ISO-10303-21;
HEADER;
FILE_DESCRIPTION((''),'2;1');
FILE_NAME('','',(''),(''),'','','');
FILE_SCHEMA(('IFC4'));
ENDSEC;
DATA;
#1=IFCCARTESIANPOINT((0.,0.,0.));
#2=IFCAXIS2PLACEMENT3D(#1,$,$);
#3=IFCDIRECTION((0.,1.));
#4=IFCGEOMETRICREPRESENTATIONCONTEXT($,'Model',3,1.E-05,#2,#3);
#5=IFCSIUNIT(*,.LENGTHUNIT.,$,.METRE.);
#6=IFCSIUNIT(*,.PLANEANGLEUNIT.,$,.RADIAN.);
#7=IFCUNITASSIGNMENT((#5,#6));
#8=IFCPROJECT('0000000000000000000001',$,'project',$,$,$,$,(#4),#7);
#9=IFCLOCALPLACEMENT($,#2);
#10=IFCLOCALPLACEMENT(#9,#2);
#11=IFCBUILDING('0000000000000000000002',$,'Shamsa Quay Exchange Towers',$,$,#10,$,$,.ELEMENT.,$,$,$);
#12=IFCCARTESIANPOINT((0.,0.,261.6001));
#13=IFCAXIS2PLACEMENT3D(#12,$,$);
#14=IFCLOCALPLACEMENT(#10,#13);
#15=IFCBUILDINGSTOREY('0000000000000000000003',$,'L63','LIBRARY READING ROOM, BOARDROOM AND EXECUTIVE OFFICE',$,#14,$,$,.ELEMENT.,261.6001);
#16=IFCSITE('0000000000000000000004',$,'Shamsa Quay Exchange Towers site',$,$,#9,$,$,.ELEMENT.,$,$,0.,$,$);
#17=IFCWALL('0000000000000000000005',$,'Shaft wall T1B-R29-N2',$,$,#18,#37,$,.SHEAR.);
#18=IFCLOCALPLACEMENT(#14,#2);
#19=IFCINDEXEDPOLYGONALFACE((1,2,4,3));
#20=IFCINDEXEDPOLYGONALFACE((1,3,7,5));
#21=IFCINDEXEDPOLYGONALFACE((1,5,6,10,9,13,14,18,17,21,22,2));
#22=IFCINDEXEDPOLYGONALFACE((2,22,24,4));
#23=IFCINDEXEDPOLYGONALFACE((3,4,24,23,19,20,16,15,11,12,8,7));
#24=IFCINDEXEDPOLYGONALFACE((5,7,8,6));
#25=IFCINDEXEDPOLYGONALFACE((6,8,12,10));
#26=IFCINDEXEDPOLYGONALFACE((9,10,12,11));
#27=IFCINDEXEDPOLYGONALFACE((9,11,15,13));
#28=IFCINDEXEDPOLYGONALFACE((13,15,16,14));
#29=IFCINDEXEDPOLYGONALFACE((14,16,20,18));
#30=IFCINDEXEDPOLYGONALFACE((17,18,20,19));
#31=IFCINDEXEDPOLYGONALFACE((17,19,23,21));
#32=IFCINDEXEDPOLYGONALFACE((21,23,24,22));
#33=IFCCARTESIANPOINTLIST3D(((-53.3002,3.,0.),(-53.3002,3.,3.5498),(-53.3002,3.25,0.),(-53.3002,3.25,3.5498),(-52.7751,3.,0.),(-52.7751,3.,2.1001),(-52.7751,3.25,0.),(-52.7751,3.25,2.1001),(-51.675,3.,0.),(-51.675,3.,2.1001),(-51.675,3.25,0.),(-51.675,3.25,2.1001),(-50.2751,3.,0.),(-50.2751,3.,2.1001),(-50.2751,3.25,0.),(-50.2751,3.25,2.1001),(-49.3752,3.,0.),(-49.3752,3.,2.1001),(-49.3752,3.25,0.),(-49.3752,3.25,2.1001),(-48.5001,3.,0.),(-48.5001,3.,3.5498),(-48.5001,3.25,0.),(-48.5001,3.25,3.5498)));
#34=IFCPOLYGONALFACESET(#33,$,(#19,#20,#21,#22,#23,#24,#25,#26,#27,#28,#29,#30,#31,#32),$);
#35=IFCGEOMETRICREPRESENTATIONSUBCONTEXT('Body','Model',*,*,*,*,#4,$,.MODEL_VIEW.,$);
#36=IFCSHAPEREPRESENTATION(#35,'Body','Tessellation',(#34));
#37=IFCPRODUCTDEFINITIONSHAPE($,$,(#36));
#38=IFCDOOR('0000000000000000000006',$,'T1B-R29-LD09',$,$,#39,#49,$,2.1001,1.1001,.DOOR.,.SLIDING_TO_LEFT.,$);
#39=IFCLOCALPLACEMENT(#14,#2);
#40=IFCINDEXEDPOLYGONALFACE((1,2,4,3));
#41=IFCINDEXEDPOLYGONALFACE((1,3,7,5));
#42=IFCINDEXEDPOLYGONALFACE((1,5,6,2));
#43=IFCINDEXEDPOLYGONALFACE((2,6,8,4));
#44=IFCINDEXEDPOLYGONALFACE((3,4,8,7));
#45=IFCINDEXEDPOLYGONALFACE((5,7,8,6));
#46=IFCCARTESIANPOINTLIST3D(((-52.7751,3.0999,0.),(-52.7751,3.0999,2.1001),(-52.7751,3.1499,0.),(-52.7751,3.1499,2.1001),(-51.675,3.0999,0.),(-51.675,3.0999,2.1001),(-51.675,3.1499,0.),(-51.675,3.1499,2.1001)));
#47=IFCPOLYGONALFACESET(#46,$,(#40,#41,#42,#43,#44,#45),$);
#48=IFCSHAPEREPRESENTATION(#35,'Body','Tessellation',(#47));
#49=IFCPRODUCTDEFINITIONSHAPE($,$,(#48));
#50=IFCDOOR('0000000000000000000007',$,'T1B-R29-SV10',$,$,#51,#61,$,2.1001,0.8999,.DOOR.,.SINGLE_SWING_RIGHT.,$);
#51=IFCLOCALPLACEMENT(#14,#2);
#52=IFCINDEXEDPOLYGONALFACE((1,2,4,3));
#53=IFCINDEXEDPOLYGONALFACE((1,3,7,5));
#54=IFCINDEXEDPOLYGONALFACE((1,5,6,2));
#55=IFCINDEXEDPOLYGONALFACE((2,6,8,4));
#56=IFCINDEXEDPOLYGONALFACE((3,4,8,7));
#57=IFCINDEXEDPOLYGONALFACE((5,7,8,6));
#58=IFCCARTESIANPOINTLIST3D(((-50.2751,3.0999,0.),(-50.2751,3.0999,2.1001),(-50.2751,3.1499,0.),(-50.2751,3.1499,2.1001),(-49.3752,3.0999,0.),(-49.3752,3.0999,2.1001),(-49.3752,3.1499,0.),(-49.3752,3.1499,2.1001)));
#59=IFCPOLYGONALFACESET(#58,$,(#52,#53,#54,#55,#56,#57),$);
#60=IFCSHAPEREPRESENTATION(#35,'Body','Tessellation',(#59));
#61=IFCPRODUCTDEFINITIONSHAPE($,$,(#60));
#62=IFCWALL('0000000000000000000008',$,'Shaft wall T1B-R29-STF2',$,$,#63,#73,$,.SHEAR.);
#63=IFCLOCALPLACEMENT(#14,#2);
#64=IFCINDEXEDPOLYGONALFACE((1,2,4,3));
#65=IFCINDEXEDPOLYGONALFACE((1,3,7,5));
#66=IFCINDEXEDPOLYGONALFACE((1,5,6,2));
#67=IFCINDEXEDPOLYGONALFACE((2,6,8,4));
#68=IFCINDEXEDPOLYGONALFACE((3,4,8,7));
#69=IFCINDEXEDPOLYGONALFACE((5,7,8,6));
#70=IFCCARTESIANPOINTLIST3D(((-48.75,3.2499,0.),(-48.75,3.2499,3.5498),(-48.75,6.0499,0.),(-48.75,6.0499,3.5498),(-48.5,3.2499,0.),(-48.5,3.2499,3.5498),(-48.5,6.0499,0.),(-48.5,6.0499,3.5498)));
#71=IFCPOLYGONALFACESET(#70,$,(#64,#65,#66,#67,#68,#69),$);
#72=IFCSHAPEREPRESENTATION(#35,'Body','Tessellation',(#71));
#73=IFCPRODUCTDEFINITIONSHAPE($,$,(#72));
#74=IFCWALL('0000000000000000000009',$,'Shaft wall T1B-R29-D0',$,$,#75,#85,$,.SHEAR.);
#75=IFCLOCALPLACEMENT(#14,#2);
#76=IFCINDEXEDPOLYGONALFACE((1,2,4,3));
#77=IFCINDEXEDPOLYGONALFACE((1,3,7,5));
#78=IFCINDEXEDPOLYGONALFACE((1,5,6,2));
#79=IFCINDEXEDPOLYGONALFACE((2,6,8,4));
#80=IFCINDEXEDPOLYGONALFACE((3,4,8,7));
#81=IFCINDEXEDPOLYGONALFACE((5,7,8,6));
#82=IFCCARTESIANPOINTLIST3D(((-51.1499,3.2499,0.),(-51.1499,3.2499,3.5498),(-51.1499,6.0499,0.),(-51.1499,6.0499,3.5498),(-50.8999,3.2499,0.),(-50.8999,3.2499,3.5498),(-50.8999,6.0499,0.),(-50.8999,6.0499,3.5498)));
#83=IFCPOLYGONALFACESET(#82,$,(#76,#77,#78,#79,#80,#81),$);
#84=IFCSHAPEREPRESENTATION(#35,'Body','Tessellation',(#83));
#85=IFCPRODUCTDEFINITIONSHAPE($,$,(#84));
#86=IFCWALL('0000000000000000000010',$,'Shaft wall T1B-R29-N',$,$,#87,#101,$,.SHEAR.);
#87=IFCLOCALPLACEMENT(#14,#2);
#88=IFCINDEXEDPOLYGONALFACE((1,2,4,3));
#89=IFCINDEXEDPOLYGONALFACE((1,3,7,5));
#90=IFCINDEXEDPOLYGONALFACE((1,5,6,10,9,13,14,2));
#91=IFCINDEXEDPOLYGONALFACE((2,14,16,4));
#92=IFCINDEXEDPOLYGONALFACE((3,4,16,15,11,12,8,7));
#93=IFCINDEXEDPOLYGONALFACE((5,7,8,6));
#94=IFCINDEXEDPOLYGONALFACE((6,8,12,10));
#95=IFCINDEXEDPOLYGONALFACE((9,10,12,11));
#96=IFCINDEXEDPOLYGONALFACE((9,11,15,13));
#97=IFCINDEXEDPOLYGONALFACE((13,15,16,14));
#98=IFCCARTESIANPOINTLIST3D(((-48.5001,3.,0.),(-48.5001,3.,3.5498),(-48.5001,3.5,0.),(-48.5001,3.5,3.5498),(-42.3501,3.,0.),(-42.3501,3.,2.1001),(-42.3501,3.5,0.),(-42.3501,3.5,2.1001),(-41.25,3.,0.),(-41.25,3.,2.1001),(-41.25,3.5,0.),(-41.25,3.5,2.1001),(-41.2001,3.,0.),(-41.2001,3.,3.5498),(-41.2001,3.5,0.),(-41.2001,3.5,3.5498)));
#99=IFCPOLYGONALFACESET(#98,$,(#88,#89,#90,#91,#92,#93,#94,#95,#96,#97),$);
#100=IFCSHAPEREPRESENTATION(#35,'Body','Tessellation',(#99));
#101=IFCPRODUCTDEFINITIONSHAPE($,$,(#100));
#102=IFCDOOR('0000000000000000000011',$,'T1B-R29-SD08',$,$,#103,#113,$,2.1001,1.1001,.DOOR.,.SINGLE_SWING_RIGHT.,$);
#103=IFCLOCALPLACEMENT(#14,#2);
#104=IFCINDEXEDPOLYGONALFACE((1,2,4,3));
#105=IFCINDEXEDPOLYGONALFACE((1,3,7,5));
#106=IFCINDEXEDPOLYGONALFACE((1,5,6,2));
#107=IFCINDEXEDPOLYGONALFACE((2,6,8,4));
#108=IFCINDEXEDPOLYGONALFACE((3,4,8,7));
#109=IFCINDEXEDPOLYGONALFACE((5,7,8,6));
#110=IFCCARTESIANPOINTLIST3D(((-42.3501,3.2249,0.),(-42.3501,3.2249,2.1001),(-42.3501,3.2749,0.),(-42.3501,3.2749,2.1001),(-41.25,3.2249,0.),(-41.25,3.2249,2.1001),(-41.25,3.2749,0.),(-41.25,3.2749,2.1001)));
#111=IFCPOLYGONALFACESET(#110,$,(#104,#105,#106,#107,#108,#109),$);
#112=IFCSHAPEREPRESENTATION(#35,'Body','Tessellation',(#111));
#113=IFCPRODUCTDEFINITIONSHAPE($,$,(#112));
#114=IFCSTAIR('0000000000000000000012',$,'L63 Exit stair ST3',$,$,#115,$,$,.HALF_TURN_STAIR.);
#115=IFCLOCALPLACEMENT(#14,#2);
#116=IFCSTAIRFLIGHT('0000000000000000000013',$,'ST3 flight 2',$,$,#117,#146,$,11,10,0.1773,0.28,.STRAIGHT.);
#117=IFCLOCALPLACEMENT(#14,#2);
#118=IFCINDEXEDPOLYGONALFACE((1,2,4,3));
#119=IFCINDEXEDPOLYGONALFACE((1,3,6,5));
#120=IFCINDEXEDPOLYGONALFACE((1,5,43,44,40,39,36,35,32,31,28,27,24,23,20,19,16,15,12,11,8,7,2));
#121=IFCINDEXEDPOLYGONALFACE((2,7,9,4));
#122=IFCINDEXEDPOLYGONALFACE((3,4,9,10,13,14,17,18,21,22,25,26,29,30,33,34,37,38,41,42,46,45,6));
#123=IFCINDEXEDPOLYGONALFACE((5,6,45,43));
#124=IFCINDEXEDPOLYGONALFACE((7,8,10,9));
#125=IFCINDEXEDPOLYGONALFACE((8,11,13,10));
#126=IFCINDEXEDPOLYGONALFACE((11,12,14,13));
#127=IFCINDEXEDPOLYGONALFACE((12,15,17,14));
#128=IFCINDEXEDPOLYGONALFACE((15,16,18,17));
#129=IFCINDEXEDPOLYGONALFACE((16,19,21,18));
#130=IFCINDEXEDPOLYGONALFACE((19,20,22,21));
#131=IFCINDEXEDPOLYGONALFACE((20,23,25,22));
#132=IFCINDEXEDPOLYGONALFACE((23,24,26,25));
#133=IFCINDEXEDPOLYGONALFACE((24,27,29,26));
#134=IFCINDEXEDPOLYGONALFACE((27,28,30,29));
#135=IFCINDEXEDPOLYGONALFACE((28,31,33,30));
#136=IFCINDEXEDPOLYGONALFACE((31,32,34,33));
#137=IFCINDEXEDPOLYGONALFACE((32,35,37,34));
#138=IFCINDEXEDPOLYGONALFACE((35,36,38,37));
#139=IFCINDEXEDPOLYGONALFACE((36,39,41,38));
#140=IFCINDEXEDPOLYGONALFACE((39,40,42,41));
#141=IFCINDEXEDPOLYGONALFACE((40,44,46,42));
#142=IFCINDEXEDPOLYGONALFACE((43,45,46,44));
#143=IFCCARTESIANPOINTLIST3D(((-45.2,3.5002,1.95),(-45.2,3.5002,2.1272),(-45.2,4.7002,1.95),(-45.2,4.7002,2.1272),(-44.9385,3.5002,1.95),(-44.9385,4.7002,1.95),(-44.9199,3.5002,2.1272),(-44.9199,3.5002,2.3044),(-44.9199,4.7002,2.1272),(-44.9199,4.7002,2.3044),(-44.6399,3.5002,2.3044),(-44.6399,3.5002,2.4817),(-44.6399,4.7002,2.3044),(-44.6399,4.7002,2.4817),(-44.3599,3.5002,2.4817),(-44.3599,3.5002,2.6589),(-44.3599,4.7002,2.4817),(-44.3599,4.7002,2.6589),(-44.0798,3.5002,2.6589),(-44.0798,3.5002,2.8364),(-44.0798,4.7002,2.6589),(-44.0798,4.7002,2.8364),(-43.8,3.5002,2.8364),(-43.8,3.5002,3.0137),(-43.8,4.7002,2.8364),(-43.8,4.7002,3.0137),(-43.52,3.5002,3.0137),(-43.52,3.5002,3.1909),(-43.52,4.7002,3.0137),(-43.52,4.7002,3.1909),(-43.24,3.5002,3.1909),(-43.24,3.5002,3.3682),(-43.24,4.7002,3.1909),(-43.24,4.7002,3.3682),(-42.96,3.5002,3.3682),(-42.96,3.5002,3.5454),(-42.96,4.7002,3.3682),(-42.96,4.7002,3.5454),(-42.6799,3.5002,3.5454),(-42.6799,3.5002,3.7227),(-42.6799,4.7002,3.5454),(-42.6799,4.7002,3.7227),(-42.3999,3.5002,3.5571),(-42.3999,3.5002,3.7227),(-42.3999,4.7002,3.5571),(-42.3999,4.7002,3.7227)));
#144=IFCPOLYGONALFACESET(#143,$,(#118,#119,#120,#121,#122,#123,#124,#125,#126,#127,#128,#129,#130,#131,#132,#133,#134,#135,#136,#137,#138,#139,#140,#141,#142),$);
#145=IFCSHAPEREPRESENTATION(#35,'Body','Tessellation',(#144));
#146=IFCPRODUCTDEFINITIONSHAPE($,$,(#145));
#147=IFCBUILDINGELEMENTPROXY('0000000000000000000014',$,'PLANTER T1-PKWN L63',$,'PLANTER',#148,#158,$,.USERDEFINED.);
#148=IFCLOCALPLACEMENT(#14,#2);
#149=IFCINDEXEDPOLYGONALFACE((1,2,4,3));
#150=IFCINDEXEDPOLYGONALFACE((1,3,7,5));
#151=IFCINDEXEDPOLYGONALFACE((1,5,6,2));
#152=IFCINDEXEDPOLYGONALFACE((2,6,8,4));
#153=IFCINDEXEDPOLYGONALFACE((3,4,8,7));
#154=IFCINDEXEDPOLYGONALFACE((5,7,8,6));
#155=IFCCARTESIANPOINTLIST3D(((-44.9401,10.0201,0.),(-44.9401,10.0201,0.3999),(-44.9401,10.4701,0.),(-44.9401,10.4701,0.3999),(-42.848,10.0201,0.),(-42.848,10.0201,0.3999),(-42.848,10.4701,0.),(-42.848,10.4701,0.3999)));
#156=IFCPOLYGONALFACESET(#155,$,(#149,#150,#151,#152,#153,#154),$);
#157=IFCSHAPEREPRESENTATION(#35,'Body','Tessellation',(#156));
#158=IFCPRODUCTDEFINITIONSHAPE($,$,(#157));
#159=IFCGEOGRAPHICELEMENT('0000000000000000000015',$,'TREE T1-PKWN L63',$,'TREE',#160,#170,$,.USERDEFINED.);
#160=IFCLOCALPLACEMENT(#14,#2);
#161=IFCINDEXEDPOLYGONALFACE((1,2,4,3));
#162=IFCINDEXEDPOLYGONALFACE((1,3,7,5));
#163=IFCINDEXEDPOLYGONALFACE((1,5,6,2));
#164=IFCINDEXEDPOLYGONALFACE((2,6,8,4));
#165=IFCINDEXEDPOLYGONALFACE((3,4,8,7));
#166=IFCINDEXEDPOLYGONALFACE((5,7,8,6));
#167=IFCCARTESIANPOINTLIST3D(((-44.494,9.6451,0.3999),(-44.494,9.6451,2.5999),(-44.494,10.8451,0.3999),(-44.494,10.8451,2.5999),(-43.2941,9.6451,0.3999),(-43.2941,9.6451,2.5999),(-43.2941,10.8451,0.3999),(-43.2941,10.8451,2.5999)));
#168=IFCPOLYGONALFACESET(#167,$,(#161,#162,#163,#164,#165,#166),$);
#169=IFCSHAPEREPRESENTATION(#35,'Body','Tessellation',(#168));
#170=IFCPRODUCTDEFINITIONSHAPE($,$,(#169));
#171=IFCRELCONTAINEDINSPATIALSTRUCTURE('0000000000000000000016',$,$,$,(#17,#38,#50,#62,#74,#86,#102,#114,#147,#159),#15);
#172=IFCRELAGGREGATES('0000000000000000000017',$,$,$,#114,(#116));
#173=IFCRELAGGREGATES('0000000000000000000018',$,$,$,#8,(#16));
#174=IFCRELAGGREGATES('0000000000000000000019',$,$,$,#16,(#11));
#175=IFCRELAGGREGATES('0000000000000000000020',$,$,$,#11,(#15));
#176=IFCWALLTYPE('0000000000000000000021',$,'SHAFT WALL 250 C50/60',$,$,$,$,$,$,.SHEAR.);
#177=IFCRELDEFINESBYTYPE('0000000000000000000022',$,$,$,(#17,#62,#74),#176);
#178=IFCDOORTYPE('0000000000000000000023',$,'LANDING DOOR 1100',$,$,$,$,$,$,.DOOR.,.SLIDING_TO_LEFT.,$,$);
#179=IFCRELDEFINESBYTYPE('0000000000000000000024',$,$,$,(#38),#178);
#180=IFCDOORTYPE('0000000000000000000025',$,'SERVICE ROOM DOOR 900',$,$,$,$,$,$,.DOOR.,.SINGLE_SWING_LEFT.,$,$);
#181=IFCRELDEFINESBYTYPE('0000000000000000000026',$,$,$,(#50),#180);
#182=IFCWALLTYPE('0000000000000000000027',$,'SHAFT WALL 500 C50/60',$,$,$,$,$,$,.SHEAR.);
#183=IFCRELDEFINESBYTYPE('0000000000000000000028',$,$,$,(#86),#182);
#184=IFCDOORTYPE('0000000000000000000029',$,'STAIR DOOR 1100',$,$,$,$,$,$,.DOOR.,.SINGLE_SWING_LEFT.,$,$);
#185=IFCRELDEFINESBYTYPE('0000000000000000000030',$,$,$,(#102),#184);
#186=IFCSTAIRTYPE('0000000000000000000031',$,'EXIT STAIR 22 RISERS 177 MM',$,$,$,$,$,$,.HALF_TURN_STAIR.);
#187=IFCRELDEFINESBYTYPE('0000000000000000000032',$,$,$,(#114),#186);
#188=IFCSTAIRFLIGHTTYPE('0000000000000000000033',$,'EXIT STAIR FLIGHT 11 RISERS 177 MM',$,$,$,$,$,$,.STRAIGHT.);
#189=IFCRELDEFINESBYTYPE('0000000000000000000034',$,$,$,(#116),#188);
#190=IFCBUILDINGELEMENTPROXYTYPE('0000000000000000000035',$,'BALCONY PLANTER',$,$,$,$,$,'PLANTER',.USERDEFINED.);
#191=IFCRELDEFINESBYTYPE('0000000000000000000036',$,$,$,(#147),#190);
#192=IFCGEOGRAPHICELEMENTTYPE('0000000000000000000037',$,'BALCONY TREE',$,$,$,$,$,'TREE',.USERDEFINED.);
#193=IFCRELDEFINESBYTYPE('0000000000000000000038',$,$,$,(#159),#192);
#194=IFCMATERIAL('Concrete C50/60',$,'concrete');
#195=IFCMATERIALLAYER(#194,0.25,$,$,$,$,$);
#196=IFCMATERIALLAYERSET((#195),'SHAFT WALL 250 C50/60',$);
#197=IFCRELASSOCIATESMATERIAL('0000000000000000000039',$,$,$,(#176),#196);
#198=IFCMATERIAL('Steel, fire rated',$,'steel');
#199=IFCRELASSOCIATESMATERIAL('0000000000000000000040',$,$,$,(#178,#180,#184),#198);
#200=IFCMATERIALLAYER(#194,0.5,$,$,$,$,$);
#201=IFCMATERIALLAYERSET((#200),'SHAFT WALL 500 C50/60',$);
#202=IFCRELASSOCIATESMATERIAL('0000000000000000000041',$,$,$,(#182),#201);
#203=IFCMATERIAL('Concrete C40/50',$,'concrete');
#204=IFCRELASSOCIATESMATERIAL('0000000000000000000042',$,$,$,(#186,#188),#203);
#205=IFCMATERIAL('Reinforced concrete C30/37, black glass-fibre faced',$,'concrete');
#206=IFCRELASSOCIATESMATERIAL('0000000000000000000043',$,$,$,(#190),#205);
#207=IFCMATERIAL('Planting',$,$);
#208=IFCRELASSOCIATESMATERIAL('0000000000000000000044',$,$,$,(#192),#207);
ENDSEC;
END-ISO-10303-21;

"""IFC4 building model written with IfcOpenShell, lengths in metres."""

from ifc_helpers import new_model, si_unit, direction, frame, frame_2d, origin, origin_2d, place, context, subcontext, project, spatial, polyline, rectangle, outline, extrude, material, layer, layer_set, type_object, element, fill, aggregate, save


model = new_model("IFC4")

# Units and contexts
model_context = context("Model", 3, precision=1e-05, world=origin(), true_north=direction((0.0, 1.0)))
body_context = subcontext(model_context, "Body", "Model", "MODEL_VIEW")
ifc_project = project(units=[si_unit("LENGTHUNIT", "METRE"), si_unit("PLANEANGLEUNIT", "RADIAN")], contexts=[model_context])

# Site, building, storey
site_placement = place(None, origin())
site = spatial("IfcSite", under=ifc_project, at=site_placement, Name="Shamsa Quay Exchange Towers site", CompositionType="ELEMENT", RefElevation=0.0)
building_placement = place(site_placement, origin())
building = spatial("IfcBuilding", under=site, at=building_placement, Name="Shamsa Quay Exchange Towers", CompositionType="ELEMENT")
storey_placement = place(building_placement, frame((0.0, 0.0, 261.6001)))
storey = spatial("IfcBuildingStorey", under=building, at=storey_placement, Name="L63", Description="LIBRARY READING ROOM, BOARDROOM AND EXECUTIVE OFFICE", CompositionType="ELEMENT", Elevation=261.6001)

# Shared definitions
ifc_material_1 = material(Name="Concrete C50/60", Category="concrete")
ifc_layer_1 = layer(ifc_material_1, 0.25)
ifc_layer_set_1 = layer_set([ifc_layer_1], Name="SHAFT WALL 250 C50/60")
wall_type_1 = type_object("IfcWallType", Name="SHAFT WALL 250 C50/60", PredefinedType="SHEAR", material=ifc_layer_set_1)
ifc_material_2 = material(Name="Steel, fire rated", Category="steel")

# Wall, openings, doors
wall_1_placement = place(storey_placement, frame((-53.3, 3.125, 0.0)))
wall_1 = element("IfcWall", 1, at=wall_1_placement, inside=storey, type_object=wall_type_1, Name="Shaft wall T1B-R29-N2", PredefinedType="SHEAR", context=body_context, shape_type="SweptSolid", body=[
    extrude(rectangle(XDim=4.8, YDim=0.25, at=frame_2d((2.3999, 0.0))), origin(), (0.0, 0.0, 1.0), 3.5498),
])
opening_1_placement = place(wall_1_placement, frame((0.5249, 0.0, 0.0)))
opening_1 = element("IfcOpeningElement", 2, at=opening_1_placement, cuts=wall_1, PredefinedType="OPENING", context=body_context, shape_type="SweptSolid", body=[
    extrude(rectangle(XDim=1.1001, YDim=2.1001, at=frame_2d((0.55, 1.05))), frame((0.0, 0.135, 0.0), z_axis=(0.0, -1.0, 0.0), x_axis=(1.0, 0.0, 0.0)), (0.0, 0.0, 1.0), 0.27),
])
opening_2_placement = place(wall_1_placement, frame((3.0249, 0.0, 0.0)))
opening_2 = element("IfcOpeningElement", 3, at=opening_2_placement, cuts=wall_1, PredefinedType="OPENING", context=body_context, shape_type="SweptSolid", body=[
    extrude(rectangle(XDim=0.8999, YDim=2.1001, at=frame_2d((0.45, 1.05))), frame((0.0, 0.135, 0.0), z_axis=(0.0, -1.0, 0.0), x_axis=(1.0, 0.0, 0.0)), (0.0, 0.0, 1.0), 0.27),
])
door_type_1 = type_object("IfcDoorType", Name="LANDING DOOR 1100", OperationType="SLIDING_TO_LEFT", PredefinedType="DOOR", material=ifc_material_2)
door_1_placement = place(opening_1_placement, origin())
door_1 = element("IfcDoor", 4, at=door_1_placement, inside=storey, type_object=door_type_1, Name="T1B-R29-LD09", OperationType="SLIDING_TO_LEFT", OverallHeight=2.1001, OverallWidth=1.1001, PredefinedType="DOOR", context=body_context, shape_type="SweptSolid", body=[
    extrude(rectangle(XDim=1.1001, YDim=2.1001, at=frame_2d((0.55, 1.05))), frame((0.0, 0.0249, 0.0), z_axis=(0.0, -1.0, 0.0), x_axis=(1.0, 0.0, 0.0)), (0.0, 0.0, 1.0), 0.05),
])
fill(opening_1, door_1)
door_type_2 = type_object("IfcDoorType", Name="SERVICE ROOM DOOR 900", OperationType="SINGLE_SWING_LEFT", PredefinedType="DOOR", material=ifc_material_2)
door_2_placement = place(opening_2_placement, origin())
door_2 = element("IfcDoor", 5, at=door_2_placement, inside=storey, type_object=door_type_2, Name="T1B-R29-SV10", OperationType="SINGLE_SWING_RIGHT", OverallHeight=2.1001, OverallWidth=0.8999, PredefinedType="DOOR", context=body_context, shape_type="SweptSolid", body=[
    extrude(rectangle(XDim=0.8999, YDim=2.1001, at=frame_2d((0.45, 1.05))), frame((0.0, 0.0249, 0.0), z_axis=(0.0, -1.0, 0.0), x_axis=(1.0, 0.0, 0.0)), (0.0, 0.0, 1.0), 0.05),
])
fill(opening_2, door_2)

# Walls
for number, where, z_axis, x_axis, name in (
    (6, (-48.625, 3.25, 0.0), (0.0, 0.0, 1.0), (0.0, 1.0, 0.0), "Shaft wall T1B-R29-STF2"),
    (7, (-51.0249, 3.25, 0.0), (0.0, 0.0, 1.0), (0.0, 1.0, 0.0), "Shaft wall T1B-R29-D0"),
):
    element("IfcWall", number, at=place(storey_placement, frame(where, z_axis=z_axis, x_axis=x_axis)), inside=storey, type_object=wall_type_1, Name=name, PredefinedType="SHEAR", context=body_context, shape_type="SweptSolid", body=[
        extrude(rectangle(XDim=2.8, YDim=0.25, at=frame_2d((1.3999, 0.0))), origin(), (0.0, 0.0, 1.0), 3.5498),
    ])

# Wall, opening, door
ifc_layer_2 = layer(ifc_material_1, 0.5)
ifc_layer_set_2 = layer_set([ifc_layer_2], Name="SHAFT WALL 500 C50/60")
wall_type_2 = type_object("IfcWallType", Name="SHAFT WALL 500 C50/60", PredefinedType="SHEAR", material=ifc_layer_set_2)
wall_2_placement = place(storey_placement, frame((-48.5, 3.25, 0.0)))
wall_2 = element("IfcWall", 8, at=wall_2_placement, inside=storey, type_object=wall_type_2, Name="Shaft wall T1B-R29-N", PredefinedType="SHEAR", context=body_context, shape_type="SweptSolid", body=[
    extrude(rectangle(XDim=7.3, YDim=0.5, at=frame_2d((3.6499, 0.0))), origin(), (0.0, 0.0, 1.0), 3.5498),
])
opening_3_placement = place(wall_2_placement, frame((6.1499, 0.0, 0.0)))
opening_3 = element("IfcOpeningElement", 9, at=opening_3_placement, cuts=wall_2, PredefinedType="OPENING", context=body_context, shape_type="SweptSolid", body=[
    extrude(rectangle(XDim=1.1001, YDim=2.1001, at=frame_2d((0.55, 1.05))), frame((0.0, 0.26, 0.0), z_axis=(0.0, -1.0, 0.0), x_axis=(1.0, 0.0, 0.0)), (0.0, 0.0, 1.0), 0.52),
])
door_type_3 = type_object("IfcDoorType", Name="STAIR DOOR 1100", OperationType="SINGLE_SWING_LEFT", PredefinedType="DOOR", material=ifc_material_2)
door_3_placement = place(opening_3_placement, origin())
door_3 = element("IfcDoor", 10, at=door_3_placement, inside=storey, type_object=door_type_3, Name="T1B-R29-SD08", OperationType="SINGLE_SWING_RIGHT", OverallHeight=2.1001, OverallWidth=1.1001, PredefinedType="DOOR", context=body_context, shape_type="SweptSolid", body=[
    extrude(rectangle(XDim=1.1001, YDim=2.1001, at=frame_2d((0.55, 1.05))), frame((0.0, 0.0249, 0.0), z_axis=(0.0, -1.0, 0.0), x_axis=(1.0, 0.0, 0.0)), (0.0, 0.0, 1.0), 0.05),
])
fill(opening_3, door_3)

# Stair, stair flight
ifc_material_3 = material(Name="Concrete C40/50", Category="concrete")
stair_type = type_object("IfcStairType", Name="EXIT STAIR 22 RISERS 177 MM", PredefinedType="HALF_TURN_STAIR", material=ifc_material_3)
stair_placement = place(storey_placement, origin())
stair = element("IfcStair", 11, at=stair_placement, inside=storey, type_object=stair_type, Name="L63 Exit stair ST3", PredefinedType="HALF_TURN_STAIR")
stair_flight_type = type_object("IfcStairFlightType", Name="EXIT STAIR FLIGHT 11 RISERS 177 MM", PredefinedType="STRAIGHT", material=ifc_material_3)
stair_flight_placement = place(storey_placement, frame((-45.2, 4.1001, 1.95)))
stair_flight = element("IfcStairFlight", 12, at=stair_flight_placement, type_object=stair_flight_type, Name="ST3 flight 2", NumberOfRisers=11, NumberOfTreads=10, PredefinedType="STRAIGHT", RiserHeight=0.1773, TreadLength=0.28, context=body_context, shape_type="SweptSolid", body=[
    extrude(outline(polyline([(0.0, 0.0), (0.0, 0.1772), (0.28, 0.1772), (0.28, 0.3545), (0.5601, 0.3545), (0.5601, 0.5317), (0.8401, 0.5317), (0.8401, 0.709), (1.1201, 0.709), (1.1201, 0.8865), (1.3999, 0.8865), (1.3999, 1.0637), (1.6799, 1.0637), (1.6799, 1.241), (1.96, 1.241), (1.96, 1.4182), (2.24, 1.4182), (2.24, 1.5955), (2.52, 1.5955), (2.52, 1.7727), (2.8, 1.7727), (2.8, 1.95), (2.8, 1.6072), (0.2615, 0.0), (0.0, 0.0)])), frame((0.0, 0.6001, 0.0), z_axis=(0.0, -1.0, 0.0), x_axis=(1.0, 0.0, 0.0)), (0.0, 0.0, 1.0), 1.2),
])
aggregate(stair, [stair_flight])

# Building element proxy
ifc_material_4 = material(Name="Reinforced concrete C30/37, black glass-fibre faced", Category="concrete")
building_element_proxy_type = type_object("IfcBuildingElementProxyType", Name="BALCONY PLANTER", ElementType="PLANTER", PredefinedType="USERDEFINED", material=ifc_material_4)
proxy_placement = place(storey_placement, frame((-43.894, 10.2451, 0.0), z_axis=(0.0, 0.0, 1.0), x_axis=(-1.0, 0.0, 0.0)))
element("IfcBuildingElementProxy", 13, at=proxy_placement, inside=storey, type_object=building_element_proxy_type, Name="PLANTER T1-PKWN L63", ObjectType="PLANTER", PredefinedType="USERDEFINED", context=body_context, shape_type="SweptSolid", body=[
    extrude(rectangle(XDim=2.092, YDim=0.45, at=origin_2d()), origin(), (0.0, 0.0, 1.0), 0.3999),
])

# Geographic element
ifc_material_5 = material(Name="Planting")
geographic_element_type = type_object("IfcGeographicElementType", Name="BALCONY TREE", ElementType="TREE", PredefinedType="USERDEFINED", material=ifc_material_5)
geographic_element_placement = place(storey_placement, frame((-43.894, 10.2451, 0.3999), z_axis=(0.0, 0.0, 1.0), x_axis=(-1.0, 0.0, 0.0)))
element("IfcGeographicElement", 14, at=geographic_element_placement, inside=storey, type_object=geographic_element_type, Name="TREE T1-PKWN L63", ObjectType="TREE", PredefinedType="USERDEFINED", context=body_context, shape_type="SweptSolid", body=[
    extrude(rectangle(XDim=1.2, YDim=1.2, at=origin_2d()), origin(), (0.0, 0.0, 1.0), 2.2),
])

save(model, "model.ifc")
